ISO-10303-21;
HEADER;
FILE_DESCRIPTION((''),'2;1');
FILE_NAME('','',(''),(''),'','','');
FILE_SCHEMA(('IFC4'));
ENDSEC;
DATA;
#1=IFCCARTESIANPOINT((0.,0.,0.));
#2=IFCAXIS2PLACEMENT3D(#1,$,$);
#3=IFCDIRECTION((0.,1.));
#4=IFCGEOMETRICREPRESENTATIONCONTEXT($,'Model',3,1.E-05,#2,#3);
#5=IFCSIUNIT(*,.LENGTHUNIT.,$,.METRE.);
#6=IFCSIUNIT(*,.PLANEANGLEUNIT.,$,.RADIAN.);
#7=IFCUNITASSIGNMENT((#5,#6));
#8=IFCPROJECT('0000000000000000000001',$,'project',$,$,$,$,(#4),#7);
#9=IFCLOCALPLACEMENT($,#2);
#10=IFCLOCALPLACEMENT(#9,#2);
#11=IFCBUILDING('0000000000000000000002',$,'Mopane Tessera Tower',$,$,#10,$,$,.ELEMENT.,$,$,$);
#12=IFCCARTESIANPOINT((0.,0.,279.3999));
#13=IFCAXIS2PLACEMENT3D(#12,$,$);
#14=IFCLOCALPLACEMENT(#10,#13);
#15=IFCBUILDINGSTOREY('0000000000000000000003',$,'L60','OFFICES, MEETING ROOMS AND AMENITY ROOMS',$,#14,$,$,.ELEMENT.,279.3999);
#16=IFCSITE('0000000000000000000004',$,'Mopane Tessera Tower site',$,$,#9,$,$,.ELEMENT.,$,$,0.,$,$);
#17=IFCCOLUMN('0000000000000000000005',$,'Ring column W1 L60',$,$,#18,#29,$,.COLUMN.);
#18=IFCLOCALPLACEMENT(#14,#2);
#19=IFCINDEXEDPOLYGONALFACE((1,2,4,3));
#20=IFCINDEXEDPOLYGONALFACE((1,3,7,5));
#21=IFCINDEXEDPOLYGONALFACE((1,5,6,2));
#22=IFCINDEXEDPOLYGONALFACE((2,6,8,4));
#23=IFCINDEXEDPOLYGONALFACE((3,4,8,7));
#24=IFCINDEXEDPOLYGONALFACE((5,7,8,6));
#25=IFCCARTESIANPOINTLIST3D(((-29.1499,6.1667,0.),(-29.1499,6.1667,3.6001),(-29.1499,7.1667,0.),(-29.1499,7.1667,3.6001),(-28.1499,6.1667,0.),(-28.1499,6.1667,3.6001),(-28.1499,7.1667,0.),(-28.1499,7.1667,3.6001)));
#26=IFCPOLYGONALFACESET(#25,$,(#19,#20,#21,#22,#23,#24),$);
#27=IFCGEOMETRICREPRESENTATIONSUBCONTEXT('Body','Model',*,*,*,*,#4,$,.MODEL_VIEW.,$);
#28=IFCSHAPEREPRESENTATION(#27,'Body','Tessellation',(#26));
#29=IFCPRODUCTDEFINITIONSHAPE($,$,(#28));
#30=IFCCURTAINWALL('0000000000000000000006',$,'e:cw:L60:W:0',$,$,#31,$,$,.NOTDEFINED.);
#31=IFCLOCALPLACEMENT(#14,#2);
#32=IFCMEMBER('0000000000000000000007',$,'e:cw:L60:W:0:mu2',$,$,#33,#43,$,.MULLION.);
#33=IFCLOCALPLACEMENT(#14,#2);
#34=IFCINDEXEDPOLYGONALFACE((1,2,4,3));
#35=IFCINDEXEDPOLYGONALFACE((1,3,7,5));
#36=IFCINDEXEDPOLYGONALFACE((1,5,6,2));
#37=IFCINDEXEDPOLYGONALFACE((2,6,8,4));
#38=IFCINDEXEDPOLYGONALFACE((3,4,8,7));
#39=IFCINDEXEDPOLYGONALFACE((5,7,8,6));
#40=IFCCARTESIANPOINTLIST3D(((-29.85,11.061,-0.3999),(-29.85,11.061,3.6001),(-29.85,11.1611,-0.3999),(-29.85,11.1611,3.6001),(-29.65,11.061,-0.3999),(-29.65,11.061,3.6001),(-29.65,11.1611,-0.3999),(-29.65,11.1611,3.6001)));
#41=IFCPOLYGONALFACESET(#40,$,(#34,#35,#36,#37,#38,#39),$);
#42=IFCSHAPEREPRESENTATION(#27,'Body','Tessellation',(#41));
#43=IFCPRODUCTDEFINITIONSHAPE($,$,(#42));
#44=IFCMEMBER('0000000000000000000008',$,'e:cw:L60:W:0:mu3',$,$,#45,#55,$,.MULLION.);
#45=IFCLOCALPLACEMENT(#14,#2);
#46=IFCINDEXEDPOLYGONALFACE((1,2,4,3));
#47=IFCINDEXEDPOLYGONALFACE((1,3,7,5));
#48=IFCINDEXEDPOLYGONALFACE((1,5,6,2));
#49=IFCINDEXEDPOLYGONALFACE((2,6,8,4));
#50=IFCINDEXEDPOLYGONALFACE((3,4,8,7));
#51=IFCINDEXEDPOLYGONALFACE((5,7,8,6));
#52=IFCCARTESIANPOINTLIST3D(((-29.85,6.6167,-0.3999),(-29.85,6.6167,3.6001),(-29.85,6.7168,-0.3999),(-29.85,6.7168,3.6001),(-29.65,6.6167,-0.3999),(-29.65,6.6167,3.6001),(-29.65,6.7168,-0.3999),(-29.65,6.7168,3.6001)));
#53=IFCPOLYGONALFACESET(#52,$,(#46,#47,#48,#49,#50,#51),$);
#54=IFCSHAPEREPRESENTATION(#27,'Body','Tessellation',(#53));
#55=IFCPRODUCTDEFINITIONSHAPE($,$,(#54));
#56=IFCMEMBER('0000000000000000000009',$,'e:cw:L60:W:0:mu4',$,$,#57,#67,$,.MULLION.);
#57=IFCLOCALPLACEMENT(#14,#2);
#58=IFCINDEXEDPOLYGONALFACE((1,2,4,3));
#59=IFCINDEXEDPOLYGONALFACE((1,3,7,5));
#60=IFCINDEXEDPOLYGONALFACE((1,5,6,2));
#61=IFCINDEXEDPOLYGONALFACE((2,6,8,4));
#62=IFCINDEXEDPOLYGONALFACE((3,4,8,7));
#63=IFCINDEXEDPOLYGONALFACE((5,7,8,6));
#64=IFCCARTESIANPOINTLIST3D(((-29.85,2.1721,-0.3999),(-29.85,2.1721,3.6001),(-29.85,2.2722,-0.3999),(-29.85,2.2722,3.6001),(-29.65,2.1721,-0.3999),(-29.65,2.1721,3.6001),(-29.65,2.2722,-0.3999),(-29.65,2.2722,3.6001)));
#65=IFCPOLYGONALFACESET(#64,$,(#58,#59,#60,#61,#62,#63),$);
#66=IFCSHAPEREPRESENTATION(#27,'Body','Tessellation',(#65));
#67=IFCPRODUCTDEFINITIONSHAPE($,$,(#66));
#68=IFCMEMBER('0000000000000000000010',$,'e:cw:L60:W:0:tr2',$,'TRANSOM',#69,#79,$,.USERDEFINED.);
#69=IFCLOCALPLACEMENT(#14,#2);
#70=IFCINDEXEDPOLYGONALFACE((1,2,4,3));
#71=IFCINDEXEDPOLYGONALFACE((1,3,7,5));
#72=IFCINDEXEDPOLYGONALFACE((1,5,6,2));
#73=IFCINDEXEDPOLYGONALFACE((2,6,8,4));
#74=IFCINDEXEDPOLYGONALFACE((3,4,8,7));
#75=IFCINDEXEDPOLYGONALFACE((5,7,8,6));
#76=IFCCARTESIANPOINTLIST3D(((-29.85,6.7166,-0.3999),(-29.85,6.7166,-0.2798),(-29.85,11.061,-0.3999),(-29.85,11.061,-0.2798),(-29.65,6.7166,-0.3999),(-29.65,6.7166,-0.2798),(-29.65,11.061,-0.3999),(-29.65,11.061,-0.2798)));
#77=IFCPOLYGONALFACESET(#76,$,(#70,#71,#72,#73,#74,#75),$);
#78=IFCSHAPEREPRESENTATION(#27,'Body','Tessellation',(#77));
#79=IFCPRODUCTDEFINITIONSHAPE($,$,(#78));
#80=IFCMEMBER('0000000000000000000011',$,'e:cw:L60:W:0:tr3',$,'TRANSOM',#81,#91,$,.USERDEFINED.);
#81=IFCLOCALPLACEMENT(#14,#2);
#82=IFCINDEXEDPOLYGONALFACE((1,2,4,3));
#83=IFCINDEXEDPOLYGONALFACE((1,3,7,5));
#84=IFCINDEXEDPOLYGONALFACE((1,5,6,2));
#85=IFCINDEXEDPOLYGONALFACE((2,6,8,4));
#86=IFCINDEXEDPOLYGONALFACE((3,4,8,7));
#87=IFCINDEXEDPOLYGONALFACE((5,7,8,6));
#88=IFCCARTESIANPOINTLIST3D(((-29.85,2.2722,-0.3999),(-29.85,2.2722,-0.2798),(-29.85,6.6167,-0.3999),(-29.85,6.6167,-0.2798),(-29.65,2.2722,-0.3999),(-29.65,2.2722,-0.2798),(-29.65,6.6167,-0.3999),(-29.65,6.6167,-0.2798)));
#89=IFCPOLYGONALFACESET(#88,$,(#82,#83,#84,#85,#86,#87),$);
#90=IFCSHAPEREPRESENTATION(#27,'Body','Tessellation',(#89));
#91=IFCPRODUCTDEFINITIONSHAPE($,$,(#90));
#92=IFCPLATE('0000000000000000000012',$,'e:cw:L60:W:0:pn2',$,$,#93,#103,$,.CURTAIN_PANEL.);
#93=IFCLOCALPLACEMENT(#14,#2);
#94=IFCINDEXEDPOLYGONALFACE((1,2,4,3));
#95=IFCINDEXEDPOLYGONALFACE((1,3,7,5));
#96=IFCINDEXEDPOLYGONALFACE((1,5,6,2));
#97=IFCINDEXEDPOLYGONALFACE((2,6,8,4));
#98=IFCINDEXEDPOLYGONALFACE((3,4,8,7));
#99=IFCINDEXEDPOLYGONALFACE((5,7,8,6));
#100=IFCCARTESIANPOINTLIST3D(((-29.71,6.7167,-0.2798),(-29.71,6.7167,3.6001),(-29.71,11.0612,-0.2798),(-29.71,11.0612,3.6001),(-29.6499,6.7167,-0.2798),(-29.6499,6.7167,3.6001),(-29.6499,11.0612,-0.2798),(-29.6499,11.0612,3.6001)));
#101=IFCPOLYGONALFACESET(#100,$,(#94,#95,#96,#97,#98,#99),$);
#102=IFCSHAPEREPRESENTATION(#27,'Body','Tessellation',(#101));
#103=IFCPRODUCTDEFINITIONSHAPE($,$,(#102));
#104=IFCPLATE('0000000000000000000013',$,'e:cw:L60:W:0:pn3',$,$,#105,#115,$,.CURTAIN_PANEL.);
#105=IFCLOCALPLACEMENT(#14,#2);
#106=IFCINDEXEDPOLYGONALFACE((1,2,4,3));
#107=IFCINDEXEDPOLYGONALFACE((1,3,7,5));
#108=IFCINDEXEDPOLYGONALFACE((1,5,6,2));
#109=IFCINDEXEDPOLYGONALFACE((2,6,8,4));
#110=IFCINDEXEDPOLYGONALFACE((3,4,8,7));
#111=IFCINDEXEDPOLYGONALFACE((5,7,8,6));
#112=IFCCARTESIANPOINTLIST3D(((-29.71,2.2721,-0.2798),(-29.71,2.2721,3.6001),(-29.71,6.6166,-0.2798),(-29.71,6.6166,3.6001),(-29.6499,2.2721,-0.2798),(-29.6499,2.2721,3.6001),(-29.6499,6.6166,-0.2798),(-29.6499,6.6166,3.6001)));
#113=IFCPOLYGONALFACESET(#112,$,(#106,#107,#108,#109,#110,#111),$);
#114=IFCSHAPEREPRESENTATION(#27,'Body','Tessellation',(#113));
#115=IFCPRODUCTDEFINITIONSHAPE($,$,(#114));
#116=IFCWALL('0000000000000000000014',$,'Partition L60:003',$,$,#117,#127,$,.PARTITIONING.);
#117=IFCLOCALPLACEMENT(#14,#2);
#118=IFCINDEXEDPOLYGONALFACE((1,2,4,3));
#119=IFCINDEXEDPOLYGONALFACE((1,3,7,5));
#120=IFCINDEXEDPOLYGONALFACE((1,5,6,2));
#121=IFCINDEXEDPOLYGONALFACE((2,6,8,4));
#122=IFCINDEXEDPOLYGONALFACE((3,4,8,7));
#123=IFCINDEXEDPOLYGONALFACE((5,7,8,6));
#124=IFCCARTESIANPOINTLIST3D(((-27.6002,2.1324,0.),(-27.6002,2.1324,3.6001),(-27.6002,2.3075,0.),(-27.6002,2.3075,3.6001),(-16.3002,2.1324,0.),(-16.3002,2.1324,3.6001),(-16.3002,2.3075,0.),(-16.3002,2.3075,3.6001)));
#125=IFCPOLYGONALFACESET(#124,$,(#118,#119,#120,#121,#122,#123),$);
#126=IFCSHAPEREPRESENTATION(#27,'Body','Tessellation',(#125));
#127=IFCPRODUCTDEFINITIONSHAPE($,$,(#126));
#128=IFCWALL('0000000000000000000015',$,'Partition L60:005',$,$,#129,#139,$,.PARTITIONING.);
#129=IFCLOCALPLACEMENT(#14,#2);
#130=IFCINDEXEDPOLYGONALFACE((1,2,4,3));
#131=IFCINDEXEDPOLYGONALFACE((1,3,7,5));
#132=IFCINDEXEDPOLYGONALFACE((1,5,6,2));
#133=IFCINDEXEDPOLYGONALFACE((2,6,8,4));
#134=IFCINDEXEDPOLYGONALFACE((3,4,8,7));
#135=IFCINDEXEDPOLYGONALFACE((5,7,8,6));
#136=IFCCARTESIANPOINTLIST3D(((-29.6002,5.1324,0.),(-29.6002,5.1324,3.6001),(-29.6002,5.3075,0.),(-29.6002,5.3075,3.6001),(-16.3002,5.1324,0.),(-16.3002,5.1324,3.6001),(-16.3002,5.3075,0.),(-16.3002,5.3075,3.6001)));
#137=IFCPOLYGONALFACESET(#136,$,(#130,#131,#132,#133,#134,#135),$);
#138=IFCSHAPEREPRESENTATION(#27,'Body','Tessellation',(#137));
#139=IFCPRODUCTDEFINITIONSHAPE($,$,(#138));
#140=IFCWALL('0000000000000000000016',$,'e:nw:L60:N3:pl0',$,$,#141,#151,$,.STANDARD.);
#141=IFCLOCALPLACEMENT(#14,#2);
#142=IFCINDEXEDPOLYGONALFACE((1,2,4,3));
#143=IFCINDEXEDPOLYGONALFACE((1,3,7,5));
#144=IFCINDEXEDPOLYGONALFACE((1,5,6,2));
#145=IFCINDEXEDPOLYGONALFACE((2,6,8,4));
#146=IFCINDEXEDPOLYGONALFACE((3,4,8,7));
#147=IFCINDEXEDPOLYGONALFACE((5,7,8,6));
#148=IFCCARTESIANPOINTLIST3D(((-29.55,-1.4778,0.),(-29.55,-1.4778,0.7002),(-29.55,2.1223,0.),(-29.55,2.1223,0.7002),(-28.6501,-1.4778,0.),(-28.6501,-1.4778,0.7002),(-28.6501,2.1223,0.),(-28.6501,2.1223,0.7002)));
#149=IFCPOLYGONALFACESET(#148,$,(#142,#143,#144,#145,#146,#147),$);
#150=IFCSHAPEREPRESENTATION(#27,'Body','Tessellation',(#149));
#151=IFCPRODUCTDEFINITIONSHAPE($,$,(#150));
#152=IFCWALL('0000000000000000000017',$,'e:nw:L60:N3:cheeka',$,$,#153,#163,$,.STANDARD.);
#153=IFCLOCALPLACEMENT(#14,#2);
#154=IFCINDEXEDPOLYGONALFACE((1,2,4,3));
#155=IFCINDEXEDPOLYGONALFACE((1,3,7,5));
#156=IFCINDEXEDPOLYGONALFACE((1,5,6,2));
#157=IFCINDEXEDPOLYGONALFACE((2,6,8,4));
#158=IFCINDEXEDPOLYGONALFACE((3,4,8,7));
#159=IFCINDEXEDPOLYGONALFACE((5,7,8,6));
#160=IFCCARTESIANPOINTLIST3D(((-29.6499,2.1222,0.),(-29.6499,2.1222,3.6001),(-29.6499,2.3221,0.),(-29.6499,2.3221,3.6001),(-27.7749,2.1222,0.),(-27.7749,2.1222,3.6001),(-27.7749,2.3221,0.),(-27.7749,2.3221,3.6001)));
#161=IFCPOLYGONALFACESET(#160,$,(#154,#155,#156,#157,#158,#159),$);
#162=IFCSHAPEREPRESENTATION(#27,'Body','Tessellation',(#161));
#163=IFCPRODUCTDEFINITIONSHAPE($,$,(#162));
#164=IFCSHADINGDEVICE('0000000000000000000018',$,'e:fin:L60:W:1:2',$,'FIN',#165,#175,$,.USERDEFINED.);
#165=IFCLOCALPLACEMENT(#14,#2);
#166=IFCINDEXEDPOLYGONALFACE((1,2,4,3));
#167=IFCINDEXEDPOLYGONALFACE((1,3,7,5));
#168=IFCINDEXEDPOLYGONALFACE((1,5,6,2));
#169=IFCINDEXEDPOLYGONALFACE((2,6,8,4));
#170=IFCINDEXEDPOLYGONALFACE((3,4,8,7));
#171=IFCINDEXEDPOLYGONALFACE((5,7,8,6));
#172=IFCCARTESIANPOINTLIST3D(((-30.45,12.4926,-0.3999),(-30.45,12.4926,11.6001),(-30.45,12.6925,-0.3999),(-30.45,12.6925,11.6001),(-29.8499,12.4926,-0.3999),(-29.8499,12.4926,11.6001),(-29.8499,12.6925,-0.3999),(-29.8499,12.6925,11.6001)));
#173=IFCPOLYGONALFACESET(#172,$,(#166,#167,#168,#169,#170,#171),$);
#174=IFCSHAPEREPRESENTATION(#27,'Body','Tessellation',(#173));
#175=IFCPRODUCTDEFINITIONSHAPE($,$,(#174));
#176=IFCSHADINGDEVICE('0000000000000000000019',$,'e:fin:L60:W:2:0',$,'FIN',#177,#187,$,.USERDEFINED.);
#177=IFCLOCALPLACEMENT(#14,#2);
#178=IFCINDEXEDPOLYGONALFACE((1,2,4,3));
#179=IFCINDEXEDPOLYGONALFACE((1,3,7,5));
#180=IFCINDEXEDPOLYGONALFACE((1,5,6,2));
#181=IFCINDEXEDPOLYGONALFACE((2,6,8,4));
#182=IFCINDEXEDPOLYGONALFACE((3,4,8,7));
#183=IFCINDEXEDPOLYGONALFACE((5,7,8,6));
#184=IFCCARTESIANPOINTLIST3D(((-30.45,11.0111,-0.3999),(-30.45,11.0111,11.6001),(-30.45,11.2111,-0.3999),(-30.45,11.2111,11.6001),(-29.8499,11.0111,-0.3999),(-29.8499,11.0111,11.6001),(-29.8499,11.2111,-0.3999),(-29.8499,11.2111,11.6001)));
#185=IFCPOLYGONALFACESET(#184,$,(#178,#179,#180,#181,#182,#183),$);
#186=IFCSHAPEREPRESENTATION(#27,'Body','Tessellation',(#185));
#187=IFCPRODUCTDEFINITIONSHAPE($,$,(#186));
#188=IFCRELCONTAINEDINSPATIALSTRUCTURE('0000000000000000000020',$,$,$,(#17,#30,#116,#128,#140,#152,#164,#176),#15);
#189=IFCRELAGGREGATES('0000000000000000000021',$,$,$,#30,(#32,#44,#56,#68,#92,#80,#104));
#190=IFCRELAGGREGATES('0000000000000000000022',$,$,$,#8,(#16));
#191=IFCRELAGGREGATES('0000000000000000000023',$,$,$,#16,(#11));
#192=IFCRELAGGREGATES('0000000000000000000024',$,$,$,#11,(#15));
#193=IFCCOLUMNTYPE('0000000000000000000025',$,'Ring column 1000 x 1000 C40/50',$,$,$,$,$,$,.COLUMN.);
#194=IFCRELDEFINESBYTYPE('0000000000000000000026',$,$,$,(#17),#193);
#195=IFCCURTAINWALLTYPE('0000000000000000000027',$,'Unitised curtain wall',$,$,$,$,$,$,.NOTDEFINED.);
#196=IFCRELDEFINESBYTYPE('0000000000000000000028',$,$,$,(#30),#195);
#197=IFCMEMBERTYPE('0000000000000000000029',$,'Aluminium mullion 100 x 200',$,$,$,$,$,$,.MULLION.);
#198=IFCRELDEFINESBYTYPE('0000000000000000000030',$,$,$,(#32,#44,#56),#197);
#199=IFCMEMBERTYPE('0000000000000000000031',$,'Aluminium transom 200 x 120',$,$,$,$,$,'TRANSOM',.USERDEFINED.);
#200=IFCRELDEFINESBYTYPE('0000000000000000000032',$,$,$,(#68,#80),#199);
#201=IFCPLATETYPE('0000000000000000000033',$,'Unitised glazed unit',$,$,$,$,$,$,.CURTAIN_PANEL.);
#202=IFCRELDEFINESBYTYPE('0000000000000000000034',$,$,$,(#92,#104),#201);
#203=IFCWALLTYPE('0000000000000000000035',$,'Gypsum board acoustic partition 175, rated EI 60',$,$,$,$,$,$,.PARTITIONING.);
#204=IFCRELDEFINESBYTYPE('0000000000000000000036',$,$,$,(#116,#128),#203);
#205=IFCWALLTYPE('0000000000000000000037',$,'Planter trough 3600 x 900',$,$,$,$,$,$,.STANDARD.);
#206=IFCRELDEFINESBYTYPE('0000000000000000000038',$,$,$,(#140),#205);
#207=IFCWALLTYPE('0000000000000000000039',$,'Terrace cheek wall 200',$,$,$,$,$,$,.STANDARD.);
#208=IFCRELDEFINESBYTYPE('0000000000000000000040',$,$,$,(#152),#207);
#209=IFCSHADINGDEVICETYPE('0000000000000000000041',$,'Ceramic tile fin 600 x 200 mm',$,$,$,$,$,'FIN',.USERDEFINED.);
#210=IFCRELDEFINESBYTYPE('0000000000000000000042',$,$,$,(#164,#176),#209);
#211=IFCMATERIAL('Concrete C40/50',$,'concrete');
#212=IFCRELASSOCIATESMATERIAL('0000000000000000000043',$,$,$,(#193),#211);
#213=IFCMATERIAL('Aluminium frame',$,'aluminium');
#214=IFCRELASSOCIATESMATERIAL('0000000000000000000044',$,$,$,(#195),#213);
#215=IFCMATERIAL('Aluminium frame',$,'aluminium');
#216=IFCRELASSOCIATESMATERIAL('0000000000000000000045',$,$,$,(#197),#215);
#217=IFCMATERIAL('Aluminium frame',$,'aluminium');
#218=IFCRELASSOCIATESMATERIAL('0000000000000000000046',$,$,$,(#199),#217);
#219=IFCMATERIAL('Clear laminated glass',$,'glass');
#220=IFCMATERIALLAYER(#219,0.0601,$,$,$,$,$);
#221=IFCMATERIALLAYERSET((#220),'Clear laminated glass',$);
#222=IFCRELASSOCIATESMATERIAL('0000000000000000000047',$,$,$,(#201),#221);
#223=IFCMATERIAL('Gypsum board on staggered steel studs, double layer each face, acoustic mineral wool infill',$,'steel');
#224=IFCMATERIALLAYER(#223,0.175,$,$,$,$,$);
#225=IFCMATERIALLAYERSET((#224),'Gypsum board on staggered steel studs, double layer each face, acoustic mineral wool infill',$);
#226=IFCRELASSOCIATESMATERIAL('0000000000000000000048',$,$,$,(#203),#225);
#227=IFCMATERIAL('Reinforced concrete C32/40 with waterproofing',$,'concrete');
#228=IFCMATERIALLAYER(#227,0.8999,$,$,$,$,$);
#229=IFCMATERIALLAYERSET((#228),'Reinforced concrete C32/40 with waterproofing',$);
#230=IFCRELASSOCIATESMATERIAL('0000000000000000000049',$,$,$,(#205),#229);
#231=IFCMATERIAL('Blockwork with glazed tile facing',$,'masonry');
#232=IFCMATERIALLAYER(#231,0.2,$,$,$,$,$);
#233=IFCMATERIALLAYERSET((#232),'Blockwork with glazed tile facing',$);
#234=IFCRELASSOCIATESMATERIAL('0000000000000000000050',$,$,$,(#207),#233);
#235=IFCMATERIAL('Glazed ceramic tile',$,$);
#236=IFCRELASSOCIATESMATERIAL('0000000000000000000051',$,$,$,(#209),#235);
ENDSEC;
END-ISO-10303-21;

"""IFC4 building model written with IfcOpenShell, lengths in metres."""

from ifc_helpers import new_model, si_unit, direction, frame, frame_2d, origin, origin_2d, place, context, subcontext, project, spatial, rectangle, extrude, material, layer, layer_set, material_profile, profile_set, type_object, element, aggregate, save


model = new_model("IFC4")

# Units and contexts
model_context = context("Model", 3, precision=1e-05, world=origin(), true_north=direction((0.0, 1.0)))
body_context = subcontext(model_context, "Body", "Model", "MODEL_VIEW")
ifc_project = project(units=[si_unit("LENGTHUNIT", "METRE"), si_unit("PLANEANGLEUNIT", "RADIAN")], contexts=[model_context])

# Site, building, storey
site_placement = place(None, origin())
site = spatial("IfcSite", under=ifc_project, at=site_placement, Name="Mopane Tessera Tower site", CompositionType="ELEMENT", RefElevation=0.0)
building_placement = place(site_placement, origin())
building = spatial("IfcBuilding", under=site, at=building_placement, Name="Mopane Tessera Tower", CompositionType="ELEMENT")
storey_placement = place(building_placement, frame((0.0, 0.0, 279.3999)))
storey = spatial("IfcBuildingStorey", under=building, at=storey_placement, Name="L60", Description="OFFICES, MEETING ROOMS AND AMENITY ROOMS", CompositionType="ELEMENT", Elevation=279.3999)

# Column
ifc_material_1 = material(Name="Concrete C40/50", Category="concrete")
ifc_material_profile_1 = material_profile(ifc_material_1, rectangle(XDim=1.0, YDim=1.0, at=origin_2d()))
ifc_profile_set_1 = profile_set([ifc_material_profile_1], Name="Concrete C40/50")
column_type = type_object("IfcColumnType", Name="Ring column 1000 x 1000 C40/50", PredefinedType="COLUMN", material=ifc_profile_set_1)
column_placement = place(storey_placement, frame((-28.6499, 6.6667, 0.0), z_axis=(0.0, 0.0, 1.0), x_axis=(1.0, 0.0, 0.0)))
element("IfcColumn", 1, at=column_placement, inside=storey, type_object=column_type, Name="Ring column W1 L60", PredefinedType="COLUMN", context=body_context, shape_type="SweptSolid", body=[
    extrude(rectangle(XDim=1.0, YDim=1.0, at=origin_2d()), origin(), (0.0, 0.0, 1.0), 3.6001),
])

# Curtain wall, members, plates
ifc_material_2 = material(Name="Aluminium frame", Category="aluminium")
curtain_wall_type = type_object("IfcCurtainWallType", Name="Unitised curtain wall", PredefinedType="NOTDEFINED", material=ifc_material_2)
curtain_wall_placement = place(storey_placement, origin())
curtain_wall = element("IfcCurtainWall", 2, at=curtain_wall_placement, inside=storey, type_object=curtain_wall_type, Name="e:cw:L60:W:0", PredefinedType="NOTDEFINED")
ifc_material_3 = material(Name="Aluminium frame", Category="aluminium")
ifc_material_profile_2 = material_profile(ifc_material_3, rectangle(XDim=0.1001, YDim=0.2, at=origin_2d()))
ifc_profile_set_2 = profile_set([ifc_material_profile_2], Name="Aluminium frame")
member_type_1 = type_object("IfcMemberType", Name="Aluminium mullion 100 x 200", PredefinedType="MULLION", material=ifc_profile_set_2)
member_1_placement = place(storey_placement, frame((-29.75, 11.1111, -0.3999), z_axis=(0.0, 0.0, 1.0), x_axis=(0.0, -1.0, 0.0)))
member_1 = element("IfcMember", 3, at=member_1_placement, type_object=member_type_1, Name="e:cw:L60:W:0:mu2", PredefinedType="MULLION", context=body_context, shape_type="SweptSolid", body=[
    extrude(rectangle(XDim=0.1001, YDim=0.2, at=origin_2d()), origin(), (0.0, 0.0, 1.0), 4.0),
])
member_2_placement = place(storey_placement, frame((-29.75, 6.6667, -0.3999), z_axis=(0.0, 0.0, 1.0), x_axis=(0.0, -1.0, 0.0)))
member_2 = element("IfcMember", 4, at=member_2_placement, type_object=member_type_1, Name="e:cw:L60:W:0:mu3", PredefinedType="MULLION", context=body_context, shape_type="SweptSolid", body=[
    extrude(rectangle(XDim=0.1001, YDim=0.2, at=origin_2d()), origin(), (0.0, 0.0, 1.0), 4.0),
])
member_3_placement = place(storey_placement, frame((-29.75, 2.2222, -0.3999), z_axis=(0.0, 0.0, 1.0), x_axis=(0.0, -1.0, 0.0)))
member_3 = element("IfcMember", 5, at=member_3_placement, type_object=member_type_1, Name="e:cw:L60:W:0:mu4", PredefinedType="MULLION", context=body_context, shape_type="SweptSolid", body=[
    extrude(rectangle(XDim=0.1001, YDim=0.2, at=origin_2d()), origin(), (0.0, 0.0, 1.0), 4.0),
])
ifc_material_4 = material(Name="Aluminium frame", Category="aluminium")
ifc_material_profile_3 = material_profile(ifc_material_4, rectangle(XDim=0.2, YDim=0.1201, at=origin_2d()))
ifc_profile_set_3 = profile_set([ifc_material_profile_3], Name="Aluminium frame")
member_type_2 = type_object("IfcMemberType", Name="Aluminium transom 200 x 120", ElementType="TRANSOM", PredefinedType="USERDEFINED", material=ifc_profile_set_3)
member_4_placement = place(storey_placement, frame((-29.75, 11.061, -0.3398), z_axis=(0.0, -1.0, 0.0), x_axis=(1.0, 0.0, 0.0)))
member_4 = element("IfcMember", 6, at=member_4_placement, type_object=member_type_2, Name="e:cw:L60:W:0:tr2", ObjectType="TRANSOM", PredefinedType="USERDEFINED", context=body_context, shape_type="SweptSolid", body=[
    extrude(rectangle(XDim=0.2, YDim=0.1201, at=origin_2d()), origin(), (0.0, 0.0, 1.0), 4.3445),
])
member_5_placement = place(storey_placement, frame((-29.75, 6.6167, -0.3398), z_axis=(0.0, -1.0, 0.0), x_axis=(1.0, 0.0, 0.0)))
member_5 = element("IfcMember", 7, at=member_5_placement, type_object=member_type_2, Name="e:cw:L60:W:0:tr3", ObjectType="TRANSOM", PredefinedType="USERDEFINED", context=body_context, shape_type="SweptSolid", body=[
    extrude(rectangle(XDim=0.2, YDim=0.1201, at=origin_2d()), origin(), (0.0, 0.0, 1.0), 4.3445),
])
ifc_material_5 = material(Name="Clear laminated glass", Category="glass")
ifc_layer_1 = layer(ifc_material_5, 0.0601)
ifc_layer_set_1 = layer_set([ifc_layer_1], Name="Clear laminated glass")
plate_type = type_object("IfcPlateType", Name="Unitised glazed unit", PredefinedType="CURTAIN_PANEL", material=ifc_layer_set_1)
plate_1_placement = place(storey_placement, frame((-29.6799, 8.8889, -0.2798), z_axis=(0.0, 0.0, 1.0), x_axis=(0.0, -1.0, 0.0)))
plate_1 = element("IfcPlate", 8, at=plate_1_placement, type_object=plate_type, Name="e:cw:L60:W:0:pn2", PredefinedType="CURTAIN_PANEL", context=body_context, shape_type="SweptSolid", body=[
    extrude(rectangle(XDim=4.3445, YDim=0.0601, at=origin_2d()), origin(), (0.0, 0.0, 1.0), 3.8799),
])
plate_2_placement = place(storey_placement, frame((-29.6799, 4.4443, -0.2798), z_axis=(0.0, 0.0, 1.0), x_axis=(0.0, -1.0, 0.0)))
plate_2 = element("IfcPlate", 9, at=plate_2_placement, type_object=plate_type, Name="e:cw:L60:W:0:pn3", PredefinedType="CURTAIN_PANEL", context=body_context, shape_type="SweptSolid", body=[
    extrude(rectangle(XDim=4.3445, YDim=0.0601, at=origin_2d()), origin(), (0.0, 0.0, 1.0), 3.8799),
])
aggregate(curtain_wall, [member_1, member_2, member_3, member_4, plate_1, member_5, plate_2])

# Walls
ifc_material_6 = material(Name="Gypsum board on staggered steel studs, double layer each face, acoustic mineral wool infill", Category="steel")
ifc_layer_2 = layer(ifc_material_6, 0.175)
ifc_layer_set_2 = layer_set([ifc_layer_2], Name="Gypsum board on staggered steel studs, double layer each face, acoustic mineral wool infill")
wall_type_1 = type_object("IfcWallType", Name="Gypsum board acoustic partition 175, rated EI 60", PredefinedType="PARTITIONING", material=ifc_layer_set_2)
wall_1_placement = place(storey_placement, frame((-27.6001, 2.22, 0.0), z_axis=(0.0, 0.0, 1.0), x_axis=(1.0, 0.0, 0.0)))
element("IfcWall", 10, at=wall_1_placement, inside=storey, type_object=wall_type_1, Name="Partition L60:003", PredefinedType="PARTITIONING", context=body_context, shape_type="SweptSolid", body=[
    extrude(rectangle(XDim=11.3, YDim=0.175, at=frame_2d((5.6499, 0.0))), origin(), (0.0, 0.0, 1.0), 3.6001),
])
wall_2_placement = place(storey_placement, frame((-29.6001, 5.22, 0.0), z_axis=(0.0, 0.0, 1.0), x_axis=(1.0, 0.0, 0.0)))
element("IfcWall", 11, at=wall_2_placement, inside=storey, type_object=wall_type_1, Name="Partition L60:005", PredefinedType="PARTITIONING", context=body_context, shape_type="SweptSolid", body=[
    extrude(rectangle(XDim=13.3, YDim=0.175, at=frame_2d((6.6499, 0.0))), origin(), (0.0, 0.0, 1.0), 3.6001),
])
ifc_material_7 = material(Name="Reinforced concrete C32/40 with waterproofing", Category="concrete")
ifc_layer_3 = layer(ifc_material_7, 0.8999)
ifc_layer_set_3 = layer_set([ifc_layer_3], Name="Reinforced concrete C32/40 with waterproofing")
wall_type_2 = type_object("IfcWallType", Name="Planter trough 3600 x 900", PredefinedType="STANDARD", material=ifc_layer_set_3)
wall_3_placement = place(storey_placement, frame((-29.1001, 2.1223, 0.0), z_axis=(0.0, 0.0, 1.0), x_axis=(0.0, -1.0, 0.0)))
element("IfcWall", 12, at=wall_3_placement, inside=storey, type_object=wall_type_2, Name="e:nw:L60:N3:pl0", PredefinedType="STANDARD", context=body_context, shape_type="SweptSolid", body=[
    extrude(rectangle(XDim=3.6001, YDim=0.8999, at=frame_2d((1.8, 0.0))), origin(), (0.0, 0.0, 1.0), 0.7002),
])
ifc_material_8 = material(Name="Blockwork with glazed tile facing", Category="masonry")
ifc_layer_4 = layer(ifc_material_8, 0.2)
ifc_layer_set_4 = layer_set([ifc_layer_4], Name="Blockwork with glazed tile facing")
wall_type_3 = type_object("IfcWallType", Name="Terrace cheek wall 200", PredefinedType="STANDARD", material=ifc_layer_set_4)
wall_4_placement = place(storey_placement, frame((-29.6499, 2.2222, 0.0), z_axis=(0.0, 0.0, 1.0), x_axis=(1.0, 0.0, 0.0)))
element("IfcWall", 13, at=wall_4_placement, inside=storey, type_object=wall_type_3, Name="e:nw:L60:N3:cheeka", PredefinedType="STANDARD", context=body_context, shape_type="SweptSolid", body=[
    extrude(rectangle(XDim=1.875, YDim=0.2, at=frame_2d((0.9375, 0.0))), origin(), (0.0, 0.0, 1.0), 3.6001),
])

# Shading devices
ifc_material_9 = material(Name="Glazed ceramic tile")
shading_device_type = type_object("IfcShadingDeviceType", Name="Ceramic tile fin 600 x 200 mm", ElementType="FIN", PredefinedType="USERDEFINED", material=ifc_material_9)
for number, where, z_axis, x_axis, name in (
    (14, (-30.1499, 12.5925, -0.3999), (0.0, 0.0, 1.0), (0.0, -1.0, 0.0), "e:fin:L60:W:1:2"),
    (15, (-30.1499, 11.1111, -0.3999), (0.0, 0.0, 1.0), (0.0, -1.0, 0.0), "e:fin:L60:W:2:0"),
):
    element("IfcShadingDevice", number, at=place(storey_placement, frame(where, z_axis=z_axis, x_axis=x_axis)), inside=storey, type_object=shading_device_type, Name=name, ObjectType="FIN", PredefinedType="USERDEFINED", context=body_context, shape_type="SweptSolid", body=[
        extrude(rectangle(XDim=0.2, YDim=0.6001, at=origin_2d()), origin(), (0.0, 0.0, 1.0), 12.0),
    ])

save(model, "model.ifc")
